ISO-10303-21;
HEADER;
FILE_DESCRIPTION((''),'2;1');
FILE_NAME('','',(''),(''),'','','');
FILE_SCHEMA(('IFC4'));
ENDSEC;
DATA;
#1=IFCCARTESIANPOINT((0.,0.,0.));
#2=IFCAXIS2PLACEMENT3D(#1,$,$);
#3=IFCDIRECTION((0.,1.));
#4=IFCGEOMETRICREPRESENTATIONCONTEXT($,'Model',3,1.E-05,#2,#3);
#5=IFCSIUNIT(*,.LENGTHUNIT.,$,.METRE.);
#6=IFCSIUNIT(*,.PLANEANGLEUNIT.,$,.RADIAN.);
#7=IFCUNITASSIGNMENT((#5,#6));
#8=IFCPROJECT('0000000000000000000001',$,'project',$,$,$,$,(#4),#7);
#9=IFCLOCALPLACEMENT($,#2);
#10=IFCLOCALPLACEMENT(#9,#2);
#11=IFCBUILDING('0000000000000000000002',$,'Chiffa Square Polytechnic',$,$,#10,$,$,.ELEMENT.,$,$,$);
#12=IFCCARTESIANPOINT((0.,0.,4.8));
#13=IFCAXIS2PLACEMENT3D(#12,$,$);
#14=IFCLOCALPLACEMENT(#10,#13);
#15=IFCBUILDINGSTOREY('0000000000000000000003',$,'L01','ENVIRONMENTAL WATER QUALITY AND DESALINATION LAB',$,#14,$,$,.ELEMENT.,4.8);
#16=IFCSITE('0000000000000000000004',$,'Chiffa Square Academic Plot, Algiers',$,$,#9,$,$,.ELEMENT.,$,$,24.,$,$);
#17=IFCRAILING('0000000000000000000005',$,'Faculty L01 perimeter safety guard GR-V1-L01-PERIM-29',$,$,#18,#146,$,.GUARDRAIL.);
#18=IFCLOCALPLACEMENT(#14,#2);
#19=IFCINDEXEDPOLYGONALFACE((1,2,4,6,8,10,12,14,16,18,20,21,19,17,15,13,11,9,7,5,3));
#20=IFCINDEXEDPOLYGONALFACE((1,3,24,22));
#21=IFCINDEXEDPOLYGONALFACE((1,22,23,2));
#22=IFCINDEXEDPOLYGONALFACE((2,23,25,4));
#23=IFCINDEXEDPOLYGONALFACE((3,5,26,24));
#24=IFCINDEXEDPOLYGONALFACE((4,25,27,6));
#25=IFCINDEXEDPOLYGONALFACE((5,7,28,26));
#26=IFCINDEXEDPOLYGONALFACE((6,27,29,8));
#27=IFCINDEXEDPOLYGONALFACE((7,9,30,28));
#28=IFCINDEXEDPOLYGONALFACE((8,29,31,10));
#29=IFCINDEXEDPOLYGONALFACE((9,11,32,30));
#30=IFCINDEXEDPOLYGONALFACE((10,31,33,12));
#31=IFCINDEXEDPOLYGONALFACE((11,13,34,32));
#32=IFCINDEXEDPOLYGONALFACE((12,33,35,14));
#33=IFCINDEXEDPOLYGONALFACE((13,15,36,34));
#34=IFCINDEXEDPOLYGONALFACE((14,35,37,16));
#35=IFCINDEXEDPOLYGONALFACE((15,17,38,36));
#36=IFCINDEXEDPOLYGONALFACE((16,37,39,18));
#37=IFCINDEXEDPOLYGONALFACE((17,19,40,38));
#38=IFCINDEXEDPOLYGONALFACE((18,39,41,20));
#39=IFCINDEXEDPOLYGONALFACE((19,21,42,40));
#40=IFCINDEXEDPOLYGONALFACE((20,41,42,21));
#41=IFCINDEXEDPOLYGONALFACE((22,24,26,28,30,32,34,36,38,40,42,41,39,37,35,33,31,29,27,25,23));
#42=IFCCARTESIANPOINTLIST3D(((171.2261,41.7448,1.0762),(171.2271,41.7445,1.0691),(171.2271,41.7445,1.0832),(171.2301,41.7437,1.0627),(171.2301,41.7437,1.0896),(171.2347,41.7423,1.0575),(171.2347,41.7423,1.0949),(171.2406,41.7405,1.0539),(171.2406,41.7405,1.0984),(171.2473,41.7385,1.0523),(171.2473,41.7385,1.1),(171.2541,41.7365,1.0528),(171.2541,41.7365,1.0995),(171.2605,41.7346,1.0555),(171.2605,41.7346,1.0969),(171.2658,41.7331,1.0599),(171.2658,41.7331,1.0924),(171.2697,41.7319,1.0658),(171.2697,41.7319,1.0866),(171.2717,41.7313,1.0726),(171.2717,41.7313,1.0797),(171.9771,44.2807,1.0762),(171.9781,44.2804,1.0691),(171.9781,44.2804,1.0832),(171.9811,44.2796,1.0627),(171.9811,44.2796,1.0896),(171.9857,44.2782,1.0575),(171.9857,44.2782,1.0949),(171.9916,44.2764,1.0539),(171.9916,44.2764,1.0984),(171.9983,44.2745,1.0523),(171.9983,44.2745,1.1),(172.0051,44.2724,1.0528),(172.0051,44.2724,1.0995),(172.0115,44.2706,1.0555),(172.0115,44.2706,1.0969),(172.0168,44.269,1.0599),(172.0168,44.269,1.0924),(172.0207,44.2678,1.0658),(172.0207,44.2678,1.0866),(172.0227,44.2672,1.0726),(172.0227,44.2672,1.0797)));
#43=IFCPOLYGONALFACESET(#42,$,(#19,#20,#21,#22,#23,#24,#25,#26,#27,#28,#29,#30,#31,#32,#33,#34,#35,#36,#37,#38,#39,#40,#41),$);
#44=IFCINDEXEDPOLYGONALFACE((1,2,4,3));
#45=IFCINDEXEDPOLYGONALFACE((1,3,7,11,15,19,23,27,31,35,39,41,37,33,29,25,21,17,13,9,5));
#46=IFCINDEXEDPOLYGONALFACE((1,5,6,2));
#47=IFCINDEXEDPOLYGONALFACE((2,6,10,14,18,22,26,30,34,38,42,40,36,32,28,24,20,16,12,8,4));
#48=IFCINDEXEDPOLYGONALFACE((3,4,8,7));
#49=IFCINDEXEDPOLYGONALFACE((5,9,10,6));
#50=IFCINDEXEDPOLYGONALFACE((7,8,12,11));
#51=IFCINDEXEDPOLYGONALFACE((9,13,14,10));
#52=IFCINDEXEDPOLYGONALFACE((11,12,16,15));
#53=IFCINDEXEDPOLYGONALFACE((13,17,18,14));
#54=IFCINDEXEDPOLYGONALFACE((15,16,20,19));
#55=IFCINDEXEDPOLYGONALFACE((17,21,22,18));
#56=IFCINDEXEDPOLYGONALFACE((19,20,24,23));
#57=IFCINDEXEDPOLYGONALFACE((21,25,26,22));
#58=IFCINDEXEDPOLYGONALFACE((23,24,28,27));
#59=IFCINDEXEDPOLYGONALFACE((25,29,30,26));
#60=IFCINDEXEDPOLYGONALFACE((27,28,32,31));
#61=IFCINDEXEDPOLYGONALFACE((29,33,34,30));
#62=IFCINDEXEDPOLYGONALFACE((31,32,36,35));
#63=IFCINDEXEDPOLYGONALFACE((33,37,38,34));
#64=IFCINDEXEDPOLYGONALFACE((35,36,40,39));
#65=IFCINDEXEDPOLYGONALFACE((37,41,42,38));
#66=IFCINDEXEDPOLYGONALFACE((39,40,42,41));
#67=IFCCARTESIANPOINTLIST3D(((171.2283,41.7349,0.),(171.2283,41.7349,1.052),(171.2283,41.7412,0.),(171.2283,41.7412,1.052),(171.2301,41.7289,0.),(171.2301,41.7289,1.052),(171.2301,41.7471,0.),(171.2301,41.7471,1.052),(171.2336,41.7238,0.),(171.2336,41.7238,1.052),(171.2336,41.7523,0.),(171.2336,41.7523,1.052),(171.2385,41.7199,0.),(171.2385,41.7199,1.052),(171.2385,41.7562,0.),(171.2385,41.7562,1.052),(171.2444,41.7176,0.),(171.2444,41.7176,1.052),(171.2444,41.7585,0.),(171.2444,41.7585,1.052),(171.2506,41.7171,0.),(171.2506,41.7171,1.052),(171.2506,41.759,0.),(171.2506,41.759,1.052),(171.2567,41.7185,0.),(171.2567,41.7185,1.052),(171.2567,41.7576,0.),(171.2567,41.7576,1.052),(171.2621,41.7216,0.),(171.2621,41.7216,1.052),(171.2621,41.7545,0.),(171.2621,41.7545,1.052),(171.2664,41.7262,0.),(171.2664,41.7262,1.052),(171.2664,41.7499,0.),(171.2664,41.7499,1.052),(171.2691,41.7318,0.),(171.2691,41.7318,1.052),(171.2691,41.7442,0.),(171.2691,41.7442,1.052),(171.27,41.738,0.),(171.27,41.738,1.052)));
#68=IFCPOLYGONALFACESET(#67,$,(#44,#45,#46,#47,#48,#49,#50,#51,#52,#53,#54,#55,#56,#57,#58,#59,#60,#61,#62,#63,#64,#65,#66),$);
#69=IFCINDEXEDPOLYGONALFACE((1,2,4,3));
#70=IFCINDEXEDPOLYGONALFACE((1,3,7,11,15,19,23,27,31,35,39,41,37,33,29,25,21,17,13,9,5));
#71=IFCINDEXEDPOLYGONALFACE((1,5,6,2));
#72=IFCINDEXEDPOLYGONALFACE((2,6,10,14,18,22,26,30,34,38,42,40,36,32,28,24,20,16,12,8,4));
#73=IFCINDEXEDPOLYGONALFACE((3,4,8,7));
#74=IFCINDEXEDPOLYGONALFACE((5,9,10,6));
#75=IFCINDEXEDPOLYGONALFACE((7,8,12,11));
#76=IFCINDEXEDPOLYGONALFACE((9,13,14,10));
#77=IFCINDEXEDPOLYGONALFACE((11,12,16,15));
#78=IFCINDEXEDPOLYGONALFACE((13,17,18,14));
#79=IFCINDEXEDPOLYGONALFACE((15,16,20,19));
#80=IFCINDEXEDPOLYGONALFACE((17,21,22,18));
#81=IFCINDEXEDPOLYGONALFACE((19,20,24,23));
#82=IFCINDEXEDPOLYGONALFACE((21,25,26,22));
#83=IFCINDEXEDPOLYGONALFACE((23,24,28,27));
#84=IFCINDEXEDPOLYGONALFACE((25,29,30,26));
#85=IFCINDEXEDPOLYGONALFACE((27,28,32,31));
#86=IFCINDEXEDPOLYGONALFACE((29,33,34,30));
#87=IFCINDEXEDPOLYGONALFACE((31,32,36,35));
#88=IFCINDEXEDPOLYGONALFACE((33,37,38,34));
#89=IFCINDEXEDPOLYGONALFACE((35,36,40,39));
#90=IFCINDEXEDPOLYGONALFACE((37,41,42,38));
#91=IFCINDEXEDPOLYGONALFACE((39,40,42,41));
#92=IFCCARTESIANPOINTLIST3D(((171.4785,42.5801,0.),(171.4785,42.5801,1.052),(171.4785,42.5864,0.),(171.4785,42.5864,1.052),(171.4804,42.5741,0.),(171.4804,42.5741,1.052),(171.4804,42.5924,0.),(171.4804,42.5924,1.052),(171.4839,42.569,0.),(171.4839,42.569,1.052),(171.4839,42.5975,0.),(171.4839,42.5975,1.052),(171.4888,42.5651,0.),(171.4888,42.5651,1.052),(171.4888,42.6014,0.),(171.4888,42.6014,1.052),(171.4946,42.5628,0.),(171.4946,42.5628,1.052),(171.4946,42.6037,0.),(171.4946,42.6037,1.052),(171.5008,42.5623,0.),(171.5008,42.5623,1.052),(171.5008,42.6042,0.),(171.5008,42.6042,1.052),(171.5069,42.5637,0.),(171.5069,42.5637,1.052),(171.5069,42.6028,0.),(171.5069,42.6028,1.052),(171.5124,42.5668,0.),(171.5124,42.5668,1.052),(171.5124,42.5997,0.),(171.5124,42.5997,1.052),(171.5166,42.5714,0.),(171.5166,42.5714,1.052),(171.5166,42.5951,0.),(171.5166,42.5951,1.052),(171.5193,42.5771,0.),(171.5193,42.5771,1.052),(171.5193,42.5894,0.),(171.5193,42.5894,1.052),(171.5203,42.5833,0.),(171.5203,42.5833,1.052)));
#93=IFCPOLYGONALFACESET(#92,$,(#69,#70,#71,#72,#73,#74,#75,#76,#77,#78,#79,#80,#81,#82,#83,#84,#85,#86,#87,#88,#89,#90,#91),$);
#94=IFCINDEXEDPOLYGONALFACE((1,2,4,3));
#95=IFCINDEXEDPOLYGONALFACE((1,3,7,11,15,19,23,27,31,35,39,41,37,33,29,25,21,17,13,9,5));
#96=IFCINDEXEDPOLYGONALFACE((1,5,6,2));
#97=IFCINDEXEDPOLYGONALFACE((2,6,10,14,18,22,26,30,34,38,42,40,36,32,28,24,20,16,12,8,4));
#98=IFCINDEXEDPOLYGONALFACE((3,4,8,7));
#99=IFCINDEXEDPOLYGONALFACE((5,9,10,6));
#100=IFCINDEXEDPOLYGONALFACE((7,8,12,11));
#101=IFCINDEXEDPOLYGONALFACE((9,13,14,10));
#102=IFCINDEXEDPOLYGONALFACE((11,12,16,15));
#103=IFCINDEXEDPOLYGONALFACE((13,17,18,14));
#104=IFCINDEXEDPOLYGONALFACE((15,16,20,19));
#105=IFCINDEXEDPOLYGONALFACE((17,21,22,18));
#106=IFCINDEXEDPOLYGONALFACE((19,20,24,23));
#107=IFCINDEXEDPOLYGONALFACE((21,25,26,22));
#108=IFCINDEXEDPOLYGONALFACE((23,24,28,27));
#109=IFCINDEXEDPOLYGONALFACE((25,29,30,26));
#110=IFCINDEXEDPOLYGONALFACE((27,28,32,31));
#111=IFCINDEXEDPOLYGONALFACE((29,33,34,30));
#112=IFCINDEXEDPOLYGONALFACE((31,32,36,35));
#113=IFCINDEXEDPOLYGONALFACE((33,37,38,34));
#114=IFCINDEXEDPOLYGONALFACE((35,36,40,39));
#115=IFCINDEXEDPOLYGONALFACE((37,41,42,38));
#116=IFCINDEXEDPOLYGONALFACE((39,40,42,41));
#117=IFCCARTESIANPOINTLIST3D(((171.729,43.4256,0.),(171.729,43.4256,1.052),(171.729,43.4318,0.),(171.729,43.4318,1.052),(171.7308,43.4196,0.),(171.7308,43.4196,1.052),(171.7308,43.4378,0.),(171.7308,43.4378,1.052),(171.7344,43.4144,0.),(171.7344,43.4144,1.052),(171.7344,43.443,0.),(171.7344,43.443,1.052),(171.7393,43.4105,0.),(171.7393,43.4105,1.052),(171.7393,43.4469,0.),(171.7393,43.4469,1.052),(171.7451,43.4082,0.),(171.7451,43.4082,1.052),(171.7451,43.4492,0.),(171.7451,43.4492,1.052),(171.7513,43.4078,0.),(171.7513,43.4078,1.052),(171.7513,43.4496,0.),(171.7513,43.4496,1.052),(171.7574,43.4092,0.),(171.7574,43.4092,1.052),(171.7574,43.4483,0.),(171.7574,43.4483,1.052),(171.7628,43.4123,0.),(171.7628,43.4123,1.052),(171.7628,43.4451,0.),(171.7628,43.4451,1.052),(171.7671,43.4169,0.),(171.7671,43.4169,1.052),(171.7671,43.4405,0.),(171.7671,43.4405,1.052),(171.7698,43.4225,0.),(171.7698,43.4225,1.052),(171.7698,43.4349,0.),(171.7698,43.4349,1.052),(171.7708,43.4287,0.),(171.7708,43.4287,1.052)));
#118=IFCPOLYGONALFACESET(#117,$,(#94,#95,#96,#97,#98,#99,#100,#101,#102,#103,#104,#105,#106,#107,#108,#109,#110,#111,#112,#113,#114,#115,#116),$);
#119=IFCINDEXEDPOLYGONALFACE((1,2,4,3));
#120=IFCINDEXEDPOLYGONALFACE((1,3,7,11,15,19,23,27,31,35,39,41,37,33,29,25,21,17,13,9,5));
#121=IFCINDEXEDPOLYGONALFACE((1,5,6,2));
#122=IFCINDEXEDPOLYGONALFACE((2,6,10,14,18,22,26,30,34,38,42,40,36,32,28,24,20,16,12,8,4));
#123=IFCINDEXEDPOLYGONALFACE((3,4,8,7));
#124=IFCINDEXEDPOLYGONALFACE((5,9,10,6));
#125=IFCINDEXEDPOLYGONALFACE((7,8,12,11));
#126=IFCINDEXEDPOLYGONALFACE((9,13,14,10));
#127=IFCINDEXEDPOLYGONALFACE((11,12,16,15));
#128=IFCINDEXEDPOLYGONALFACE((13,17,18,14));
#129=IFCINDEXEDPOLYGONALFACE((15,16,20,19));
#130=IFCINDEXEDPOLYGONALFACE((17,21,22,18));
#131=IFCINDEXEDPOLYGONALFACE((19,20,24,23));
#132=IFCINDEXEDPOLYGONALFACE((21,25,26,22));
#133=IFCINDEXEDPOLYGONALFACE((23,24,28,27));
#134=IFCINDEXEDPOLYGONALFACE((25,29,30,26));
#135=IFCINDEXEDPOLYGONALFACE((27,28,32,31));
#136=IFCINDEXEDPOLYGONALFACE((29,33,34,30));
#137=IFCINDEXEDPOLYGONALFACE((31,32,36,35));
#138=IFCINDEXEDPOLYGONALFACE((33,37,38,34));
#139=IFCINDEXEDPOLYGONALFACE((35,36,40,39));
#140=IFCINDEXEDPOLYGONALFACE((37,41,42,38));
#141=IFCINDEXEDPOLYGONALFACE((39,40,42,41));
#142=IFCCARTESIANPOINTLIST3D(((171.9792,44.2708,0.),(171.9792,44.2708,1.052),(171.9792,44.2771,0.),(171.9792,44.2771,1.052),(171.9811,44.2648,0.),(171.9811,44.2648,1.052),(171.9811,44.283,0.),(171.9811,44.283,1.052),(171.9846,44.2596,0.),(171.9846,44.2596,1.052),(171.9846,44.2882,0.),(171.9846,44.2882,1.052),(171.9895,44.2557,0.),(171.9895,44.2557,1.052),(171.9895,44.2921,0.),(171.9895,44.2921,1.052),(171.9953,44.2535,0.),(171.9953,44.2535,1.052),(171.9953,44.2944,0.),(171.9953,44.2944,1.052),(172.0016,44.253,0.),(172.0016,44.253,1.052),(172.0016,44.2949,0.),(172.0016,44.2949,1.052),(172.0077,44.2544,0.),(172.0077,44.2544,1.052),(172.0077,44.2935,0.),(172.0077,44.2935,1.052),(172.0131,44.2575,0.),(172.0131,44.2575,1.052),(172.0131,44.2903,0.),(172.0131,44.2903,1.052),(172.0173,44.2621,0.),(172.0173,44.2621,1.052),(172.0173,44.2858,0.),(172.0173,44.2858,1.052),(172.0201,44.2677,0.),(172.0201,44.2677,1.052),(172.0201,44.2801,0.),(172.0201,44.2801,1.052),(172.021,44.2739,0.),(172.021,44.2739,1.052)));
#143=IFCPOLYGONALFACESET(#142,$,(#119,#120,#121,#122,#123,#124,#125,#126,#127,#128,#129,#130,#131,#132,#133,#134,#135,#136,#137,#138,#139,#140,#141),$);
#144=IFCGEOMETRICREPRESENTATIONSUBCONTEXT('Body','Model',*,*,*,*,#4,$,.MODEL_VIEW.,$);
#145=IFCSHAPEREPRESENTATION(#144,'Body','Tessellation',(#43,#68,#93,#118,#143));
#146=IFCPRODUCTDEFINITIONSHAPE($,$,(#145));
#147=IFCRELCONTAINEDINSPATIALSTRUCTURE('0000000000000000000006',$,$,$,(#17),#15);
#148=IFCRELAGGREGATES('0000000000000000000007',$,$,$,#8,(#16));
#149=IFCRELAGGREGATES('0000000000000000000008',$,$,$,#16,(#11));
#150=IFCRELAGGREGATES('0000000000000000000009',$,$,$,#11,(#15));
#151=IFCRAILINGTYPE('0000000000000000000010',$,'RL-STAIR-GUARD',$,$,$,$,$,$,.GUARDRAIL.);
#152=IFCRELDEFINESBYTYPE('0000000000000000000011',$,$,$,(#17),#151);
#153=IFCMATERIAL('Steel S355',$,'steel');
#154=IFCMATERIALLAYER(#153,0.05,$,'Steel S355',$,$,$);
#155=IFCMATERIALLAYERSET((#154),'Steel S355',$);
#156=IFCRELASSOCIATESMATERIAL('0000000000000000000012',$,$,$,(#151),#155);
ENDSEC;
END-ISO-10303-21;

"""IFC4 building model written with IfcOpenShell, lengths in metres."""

from ifc_helpers import new_model, si_unit, direction, frame, origin, origin_2d, place, context, subcontext, project, spatial, circle, extrude, material, layer, layer_set, type_object, element, save


model = new_model("IFC4")

# Units and contexts
model_context = context("Model", 3, precision=1e-05, world=origin(), true_north=direction((0.0, 1.0)))
body_context = subcontext(model_context, "Body", "Model", "MODEL_VIEW")
ifc_project = project(units=[si_unit("LENGTHUNIT", "METRE"), si_unit("PLANEANGLEUNIT", "RADIAN")], contexts=[model_context])

# Site, building, storey
site_placement = place(None, origin())
site = spatial("IfcSite", under=ifc_project, at=site_placement, Name="Chiffa Square Academic Plot, Algiers", CompositionType="ELEMENT", RefElevation=24.0)
building_placement = place(site_placement, origin())
building = spatial("IfcBuilding", under=site, at=building_placement, Name="Chiffa Square Polytechnic", CompositionType="ELEMENT")
storey_placement = place(building_placement, frame((0.0, 0.0, 4.8)))
storey = spatial("IfcBuildingStorey", under=building, at=storey_placement, Name="L01", Description="ENVIRONMENTAL WATER QUALITY AND DESALINATION LAB", CompositionType="ELEMENT", Elevation=4.8)

# Shared definitions
ifc_material_1 = material(Name="Steel S355", Category="steel")

# Railing
ifc_layer_1 = layer(ifc_material_1, 0.05, Name="Steel S355")
ifc_layer_set_1 = layer_set([ifc_layer_1], Name="Steel S355")
railing_type = type_object("IfcRailingType", Name="RL-STAIR-GUARD", PredefinedType="GUARDRAIL", material=ifc_layer_set_1)
railing_1_placement = place(storey_placement, frame((171.249, 41.738, 0.0)))
element("IfcRailing", 1, at=railing_1_placement, inside=storey, type_object=railing_type, Name="Faculty L01 perimeter safety guard GR-V1-L01-PERIM-29", PredefinedType="GUARDRAIL", context=body_context, shape_type="SweptSolid", body=[
    extrude(circle(Radius=0.0239, at=origin_2d()), frame((0.0, 0.0, 1.0762), z_axis=(0.28395, 0.958839, 0.0), x_axis=(-0.958839, 0.28395, 0.0)), (0.0, 0.0, 1.0), 2.6448),
    extrude(circle(Radius=0.021, at=origin_2d()), origin(), (0.0, 0.0, 1.0), 1.052),
    extrude(circle(Radius=0.021, at=origin_2d()), frame((0.2502, 0.8452, 0.0)), (0.0, 0.0, 1.0), 1.052),
    extrude(circle(Radius=0.021, at=origin_2d()), frame((0.5007, 1.6907, 0.0)), (0.0, 0.0, 1.0), 1.052),
    extrude(circle(Radius=0.021, at=origin_2d()), frame((0.751, 2.5359, 0.0)), (0.0, 0.0, 1.0), 1.052),
])

save(model, "model.ifc")
